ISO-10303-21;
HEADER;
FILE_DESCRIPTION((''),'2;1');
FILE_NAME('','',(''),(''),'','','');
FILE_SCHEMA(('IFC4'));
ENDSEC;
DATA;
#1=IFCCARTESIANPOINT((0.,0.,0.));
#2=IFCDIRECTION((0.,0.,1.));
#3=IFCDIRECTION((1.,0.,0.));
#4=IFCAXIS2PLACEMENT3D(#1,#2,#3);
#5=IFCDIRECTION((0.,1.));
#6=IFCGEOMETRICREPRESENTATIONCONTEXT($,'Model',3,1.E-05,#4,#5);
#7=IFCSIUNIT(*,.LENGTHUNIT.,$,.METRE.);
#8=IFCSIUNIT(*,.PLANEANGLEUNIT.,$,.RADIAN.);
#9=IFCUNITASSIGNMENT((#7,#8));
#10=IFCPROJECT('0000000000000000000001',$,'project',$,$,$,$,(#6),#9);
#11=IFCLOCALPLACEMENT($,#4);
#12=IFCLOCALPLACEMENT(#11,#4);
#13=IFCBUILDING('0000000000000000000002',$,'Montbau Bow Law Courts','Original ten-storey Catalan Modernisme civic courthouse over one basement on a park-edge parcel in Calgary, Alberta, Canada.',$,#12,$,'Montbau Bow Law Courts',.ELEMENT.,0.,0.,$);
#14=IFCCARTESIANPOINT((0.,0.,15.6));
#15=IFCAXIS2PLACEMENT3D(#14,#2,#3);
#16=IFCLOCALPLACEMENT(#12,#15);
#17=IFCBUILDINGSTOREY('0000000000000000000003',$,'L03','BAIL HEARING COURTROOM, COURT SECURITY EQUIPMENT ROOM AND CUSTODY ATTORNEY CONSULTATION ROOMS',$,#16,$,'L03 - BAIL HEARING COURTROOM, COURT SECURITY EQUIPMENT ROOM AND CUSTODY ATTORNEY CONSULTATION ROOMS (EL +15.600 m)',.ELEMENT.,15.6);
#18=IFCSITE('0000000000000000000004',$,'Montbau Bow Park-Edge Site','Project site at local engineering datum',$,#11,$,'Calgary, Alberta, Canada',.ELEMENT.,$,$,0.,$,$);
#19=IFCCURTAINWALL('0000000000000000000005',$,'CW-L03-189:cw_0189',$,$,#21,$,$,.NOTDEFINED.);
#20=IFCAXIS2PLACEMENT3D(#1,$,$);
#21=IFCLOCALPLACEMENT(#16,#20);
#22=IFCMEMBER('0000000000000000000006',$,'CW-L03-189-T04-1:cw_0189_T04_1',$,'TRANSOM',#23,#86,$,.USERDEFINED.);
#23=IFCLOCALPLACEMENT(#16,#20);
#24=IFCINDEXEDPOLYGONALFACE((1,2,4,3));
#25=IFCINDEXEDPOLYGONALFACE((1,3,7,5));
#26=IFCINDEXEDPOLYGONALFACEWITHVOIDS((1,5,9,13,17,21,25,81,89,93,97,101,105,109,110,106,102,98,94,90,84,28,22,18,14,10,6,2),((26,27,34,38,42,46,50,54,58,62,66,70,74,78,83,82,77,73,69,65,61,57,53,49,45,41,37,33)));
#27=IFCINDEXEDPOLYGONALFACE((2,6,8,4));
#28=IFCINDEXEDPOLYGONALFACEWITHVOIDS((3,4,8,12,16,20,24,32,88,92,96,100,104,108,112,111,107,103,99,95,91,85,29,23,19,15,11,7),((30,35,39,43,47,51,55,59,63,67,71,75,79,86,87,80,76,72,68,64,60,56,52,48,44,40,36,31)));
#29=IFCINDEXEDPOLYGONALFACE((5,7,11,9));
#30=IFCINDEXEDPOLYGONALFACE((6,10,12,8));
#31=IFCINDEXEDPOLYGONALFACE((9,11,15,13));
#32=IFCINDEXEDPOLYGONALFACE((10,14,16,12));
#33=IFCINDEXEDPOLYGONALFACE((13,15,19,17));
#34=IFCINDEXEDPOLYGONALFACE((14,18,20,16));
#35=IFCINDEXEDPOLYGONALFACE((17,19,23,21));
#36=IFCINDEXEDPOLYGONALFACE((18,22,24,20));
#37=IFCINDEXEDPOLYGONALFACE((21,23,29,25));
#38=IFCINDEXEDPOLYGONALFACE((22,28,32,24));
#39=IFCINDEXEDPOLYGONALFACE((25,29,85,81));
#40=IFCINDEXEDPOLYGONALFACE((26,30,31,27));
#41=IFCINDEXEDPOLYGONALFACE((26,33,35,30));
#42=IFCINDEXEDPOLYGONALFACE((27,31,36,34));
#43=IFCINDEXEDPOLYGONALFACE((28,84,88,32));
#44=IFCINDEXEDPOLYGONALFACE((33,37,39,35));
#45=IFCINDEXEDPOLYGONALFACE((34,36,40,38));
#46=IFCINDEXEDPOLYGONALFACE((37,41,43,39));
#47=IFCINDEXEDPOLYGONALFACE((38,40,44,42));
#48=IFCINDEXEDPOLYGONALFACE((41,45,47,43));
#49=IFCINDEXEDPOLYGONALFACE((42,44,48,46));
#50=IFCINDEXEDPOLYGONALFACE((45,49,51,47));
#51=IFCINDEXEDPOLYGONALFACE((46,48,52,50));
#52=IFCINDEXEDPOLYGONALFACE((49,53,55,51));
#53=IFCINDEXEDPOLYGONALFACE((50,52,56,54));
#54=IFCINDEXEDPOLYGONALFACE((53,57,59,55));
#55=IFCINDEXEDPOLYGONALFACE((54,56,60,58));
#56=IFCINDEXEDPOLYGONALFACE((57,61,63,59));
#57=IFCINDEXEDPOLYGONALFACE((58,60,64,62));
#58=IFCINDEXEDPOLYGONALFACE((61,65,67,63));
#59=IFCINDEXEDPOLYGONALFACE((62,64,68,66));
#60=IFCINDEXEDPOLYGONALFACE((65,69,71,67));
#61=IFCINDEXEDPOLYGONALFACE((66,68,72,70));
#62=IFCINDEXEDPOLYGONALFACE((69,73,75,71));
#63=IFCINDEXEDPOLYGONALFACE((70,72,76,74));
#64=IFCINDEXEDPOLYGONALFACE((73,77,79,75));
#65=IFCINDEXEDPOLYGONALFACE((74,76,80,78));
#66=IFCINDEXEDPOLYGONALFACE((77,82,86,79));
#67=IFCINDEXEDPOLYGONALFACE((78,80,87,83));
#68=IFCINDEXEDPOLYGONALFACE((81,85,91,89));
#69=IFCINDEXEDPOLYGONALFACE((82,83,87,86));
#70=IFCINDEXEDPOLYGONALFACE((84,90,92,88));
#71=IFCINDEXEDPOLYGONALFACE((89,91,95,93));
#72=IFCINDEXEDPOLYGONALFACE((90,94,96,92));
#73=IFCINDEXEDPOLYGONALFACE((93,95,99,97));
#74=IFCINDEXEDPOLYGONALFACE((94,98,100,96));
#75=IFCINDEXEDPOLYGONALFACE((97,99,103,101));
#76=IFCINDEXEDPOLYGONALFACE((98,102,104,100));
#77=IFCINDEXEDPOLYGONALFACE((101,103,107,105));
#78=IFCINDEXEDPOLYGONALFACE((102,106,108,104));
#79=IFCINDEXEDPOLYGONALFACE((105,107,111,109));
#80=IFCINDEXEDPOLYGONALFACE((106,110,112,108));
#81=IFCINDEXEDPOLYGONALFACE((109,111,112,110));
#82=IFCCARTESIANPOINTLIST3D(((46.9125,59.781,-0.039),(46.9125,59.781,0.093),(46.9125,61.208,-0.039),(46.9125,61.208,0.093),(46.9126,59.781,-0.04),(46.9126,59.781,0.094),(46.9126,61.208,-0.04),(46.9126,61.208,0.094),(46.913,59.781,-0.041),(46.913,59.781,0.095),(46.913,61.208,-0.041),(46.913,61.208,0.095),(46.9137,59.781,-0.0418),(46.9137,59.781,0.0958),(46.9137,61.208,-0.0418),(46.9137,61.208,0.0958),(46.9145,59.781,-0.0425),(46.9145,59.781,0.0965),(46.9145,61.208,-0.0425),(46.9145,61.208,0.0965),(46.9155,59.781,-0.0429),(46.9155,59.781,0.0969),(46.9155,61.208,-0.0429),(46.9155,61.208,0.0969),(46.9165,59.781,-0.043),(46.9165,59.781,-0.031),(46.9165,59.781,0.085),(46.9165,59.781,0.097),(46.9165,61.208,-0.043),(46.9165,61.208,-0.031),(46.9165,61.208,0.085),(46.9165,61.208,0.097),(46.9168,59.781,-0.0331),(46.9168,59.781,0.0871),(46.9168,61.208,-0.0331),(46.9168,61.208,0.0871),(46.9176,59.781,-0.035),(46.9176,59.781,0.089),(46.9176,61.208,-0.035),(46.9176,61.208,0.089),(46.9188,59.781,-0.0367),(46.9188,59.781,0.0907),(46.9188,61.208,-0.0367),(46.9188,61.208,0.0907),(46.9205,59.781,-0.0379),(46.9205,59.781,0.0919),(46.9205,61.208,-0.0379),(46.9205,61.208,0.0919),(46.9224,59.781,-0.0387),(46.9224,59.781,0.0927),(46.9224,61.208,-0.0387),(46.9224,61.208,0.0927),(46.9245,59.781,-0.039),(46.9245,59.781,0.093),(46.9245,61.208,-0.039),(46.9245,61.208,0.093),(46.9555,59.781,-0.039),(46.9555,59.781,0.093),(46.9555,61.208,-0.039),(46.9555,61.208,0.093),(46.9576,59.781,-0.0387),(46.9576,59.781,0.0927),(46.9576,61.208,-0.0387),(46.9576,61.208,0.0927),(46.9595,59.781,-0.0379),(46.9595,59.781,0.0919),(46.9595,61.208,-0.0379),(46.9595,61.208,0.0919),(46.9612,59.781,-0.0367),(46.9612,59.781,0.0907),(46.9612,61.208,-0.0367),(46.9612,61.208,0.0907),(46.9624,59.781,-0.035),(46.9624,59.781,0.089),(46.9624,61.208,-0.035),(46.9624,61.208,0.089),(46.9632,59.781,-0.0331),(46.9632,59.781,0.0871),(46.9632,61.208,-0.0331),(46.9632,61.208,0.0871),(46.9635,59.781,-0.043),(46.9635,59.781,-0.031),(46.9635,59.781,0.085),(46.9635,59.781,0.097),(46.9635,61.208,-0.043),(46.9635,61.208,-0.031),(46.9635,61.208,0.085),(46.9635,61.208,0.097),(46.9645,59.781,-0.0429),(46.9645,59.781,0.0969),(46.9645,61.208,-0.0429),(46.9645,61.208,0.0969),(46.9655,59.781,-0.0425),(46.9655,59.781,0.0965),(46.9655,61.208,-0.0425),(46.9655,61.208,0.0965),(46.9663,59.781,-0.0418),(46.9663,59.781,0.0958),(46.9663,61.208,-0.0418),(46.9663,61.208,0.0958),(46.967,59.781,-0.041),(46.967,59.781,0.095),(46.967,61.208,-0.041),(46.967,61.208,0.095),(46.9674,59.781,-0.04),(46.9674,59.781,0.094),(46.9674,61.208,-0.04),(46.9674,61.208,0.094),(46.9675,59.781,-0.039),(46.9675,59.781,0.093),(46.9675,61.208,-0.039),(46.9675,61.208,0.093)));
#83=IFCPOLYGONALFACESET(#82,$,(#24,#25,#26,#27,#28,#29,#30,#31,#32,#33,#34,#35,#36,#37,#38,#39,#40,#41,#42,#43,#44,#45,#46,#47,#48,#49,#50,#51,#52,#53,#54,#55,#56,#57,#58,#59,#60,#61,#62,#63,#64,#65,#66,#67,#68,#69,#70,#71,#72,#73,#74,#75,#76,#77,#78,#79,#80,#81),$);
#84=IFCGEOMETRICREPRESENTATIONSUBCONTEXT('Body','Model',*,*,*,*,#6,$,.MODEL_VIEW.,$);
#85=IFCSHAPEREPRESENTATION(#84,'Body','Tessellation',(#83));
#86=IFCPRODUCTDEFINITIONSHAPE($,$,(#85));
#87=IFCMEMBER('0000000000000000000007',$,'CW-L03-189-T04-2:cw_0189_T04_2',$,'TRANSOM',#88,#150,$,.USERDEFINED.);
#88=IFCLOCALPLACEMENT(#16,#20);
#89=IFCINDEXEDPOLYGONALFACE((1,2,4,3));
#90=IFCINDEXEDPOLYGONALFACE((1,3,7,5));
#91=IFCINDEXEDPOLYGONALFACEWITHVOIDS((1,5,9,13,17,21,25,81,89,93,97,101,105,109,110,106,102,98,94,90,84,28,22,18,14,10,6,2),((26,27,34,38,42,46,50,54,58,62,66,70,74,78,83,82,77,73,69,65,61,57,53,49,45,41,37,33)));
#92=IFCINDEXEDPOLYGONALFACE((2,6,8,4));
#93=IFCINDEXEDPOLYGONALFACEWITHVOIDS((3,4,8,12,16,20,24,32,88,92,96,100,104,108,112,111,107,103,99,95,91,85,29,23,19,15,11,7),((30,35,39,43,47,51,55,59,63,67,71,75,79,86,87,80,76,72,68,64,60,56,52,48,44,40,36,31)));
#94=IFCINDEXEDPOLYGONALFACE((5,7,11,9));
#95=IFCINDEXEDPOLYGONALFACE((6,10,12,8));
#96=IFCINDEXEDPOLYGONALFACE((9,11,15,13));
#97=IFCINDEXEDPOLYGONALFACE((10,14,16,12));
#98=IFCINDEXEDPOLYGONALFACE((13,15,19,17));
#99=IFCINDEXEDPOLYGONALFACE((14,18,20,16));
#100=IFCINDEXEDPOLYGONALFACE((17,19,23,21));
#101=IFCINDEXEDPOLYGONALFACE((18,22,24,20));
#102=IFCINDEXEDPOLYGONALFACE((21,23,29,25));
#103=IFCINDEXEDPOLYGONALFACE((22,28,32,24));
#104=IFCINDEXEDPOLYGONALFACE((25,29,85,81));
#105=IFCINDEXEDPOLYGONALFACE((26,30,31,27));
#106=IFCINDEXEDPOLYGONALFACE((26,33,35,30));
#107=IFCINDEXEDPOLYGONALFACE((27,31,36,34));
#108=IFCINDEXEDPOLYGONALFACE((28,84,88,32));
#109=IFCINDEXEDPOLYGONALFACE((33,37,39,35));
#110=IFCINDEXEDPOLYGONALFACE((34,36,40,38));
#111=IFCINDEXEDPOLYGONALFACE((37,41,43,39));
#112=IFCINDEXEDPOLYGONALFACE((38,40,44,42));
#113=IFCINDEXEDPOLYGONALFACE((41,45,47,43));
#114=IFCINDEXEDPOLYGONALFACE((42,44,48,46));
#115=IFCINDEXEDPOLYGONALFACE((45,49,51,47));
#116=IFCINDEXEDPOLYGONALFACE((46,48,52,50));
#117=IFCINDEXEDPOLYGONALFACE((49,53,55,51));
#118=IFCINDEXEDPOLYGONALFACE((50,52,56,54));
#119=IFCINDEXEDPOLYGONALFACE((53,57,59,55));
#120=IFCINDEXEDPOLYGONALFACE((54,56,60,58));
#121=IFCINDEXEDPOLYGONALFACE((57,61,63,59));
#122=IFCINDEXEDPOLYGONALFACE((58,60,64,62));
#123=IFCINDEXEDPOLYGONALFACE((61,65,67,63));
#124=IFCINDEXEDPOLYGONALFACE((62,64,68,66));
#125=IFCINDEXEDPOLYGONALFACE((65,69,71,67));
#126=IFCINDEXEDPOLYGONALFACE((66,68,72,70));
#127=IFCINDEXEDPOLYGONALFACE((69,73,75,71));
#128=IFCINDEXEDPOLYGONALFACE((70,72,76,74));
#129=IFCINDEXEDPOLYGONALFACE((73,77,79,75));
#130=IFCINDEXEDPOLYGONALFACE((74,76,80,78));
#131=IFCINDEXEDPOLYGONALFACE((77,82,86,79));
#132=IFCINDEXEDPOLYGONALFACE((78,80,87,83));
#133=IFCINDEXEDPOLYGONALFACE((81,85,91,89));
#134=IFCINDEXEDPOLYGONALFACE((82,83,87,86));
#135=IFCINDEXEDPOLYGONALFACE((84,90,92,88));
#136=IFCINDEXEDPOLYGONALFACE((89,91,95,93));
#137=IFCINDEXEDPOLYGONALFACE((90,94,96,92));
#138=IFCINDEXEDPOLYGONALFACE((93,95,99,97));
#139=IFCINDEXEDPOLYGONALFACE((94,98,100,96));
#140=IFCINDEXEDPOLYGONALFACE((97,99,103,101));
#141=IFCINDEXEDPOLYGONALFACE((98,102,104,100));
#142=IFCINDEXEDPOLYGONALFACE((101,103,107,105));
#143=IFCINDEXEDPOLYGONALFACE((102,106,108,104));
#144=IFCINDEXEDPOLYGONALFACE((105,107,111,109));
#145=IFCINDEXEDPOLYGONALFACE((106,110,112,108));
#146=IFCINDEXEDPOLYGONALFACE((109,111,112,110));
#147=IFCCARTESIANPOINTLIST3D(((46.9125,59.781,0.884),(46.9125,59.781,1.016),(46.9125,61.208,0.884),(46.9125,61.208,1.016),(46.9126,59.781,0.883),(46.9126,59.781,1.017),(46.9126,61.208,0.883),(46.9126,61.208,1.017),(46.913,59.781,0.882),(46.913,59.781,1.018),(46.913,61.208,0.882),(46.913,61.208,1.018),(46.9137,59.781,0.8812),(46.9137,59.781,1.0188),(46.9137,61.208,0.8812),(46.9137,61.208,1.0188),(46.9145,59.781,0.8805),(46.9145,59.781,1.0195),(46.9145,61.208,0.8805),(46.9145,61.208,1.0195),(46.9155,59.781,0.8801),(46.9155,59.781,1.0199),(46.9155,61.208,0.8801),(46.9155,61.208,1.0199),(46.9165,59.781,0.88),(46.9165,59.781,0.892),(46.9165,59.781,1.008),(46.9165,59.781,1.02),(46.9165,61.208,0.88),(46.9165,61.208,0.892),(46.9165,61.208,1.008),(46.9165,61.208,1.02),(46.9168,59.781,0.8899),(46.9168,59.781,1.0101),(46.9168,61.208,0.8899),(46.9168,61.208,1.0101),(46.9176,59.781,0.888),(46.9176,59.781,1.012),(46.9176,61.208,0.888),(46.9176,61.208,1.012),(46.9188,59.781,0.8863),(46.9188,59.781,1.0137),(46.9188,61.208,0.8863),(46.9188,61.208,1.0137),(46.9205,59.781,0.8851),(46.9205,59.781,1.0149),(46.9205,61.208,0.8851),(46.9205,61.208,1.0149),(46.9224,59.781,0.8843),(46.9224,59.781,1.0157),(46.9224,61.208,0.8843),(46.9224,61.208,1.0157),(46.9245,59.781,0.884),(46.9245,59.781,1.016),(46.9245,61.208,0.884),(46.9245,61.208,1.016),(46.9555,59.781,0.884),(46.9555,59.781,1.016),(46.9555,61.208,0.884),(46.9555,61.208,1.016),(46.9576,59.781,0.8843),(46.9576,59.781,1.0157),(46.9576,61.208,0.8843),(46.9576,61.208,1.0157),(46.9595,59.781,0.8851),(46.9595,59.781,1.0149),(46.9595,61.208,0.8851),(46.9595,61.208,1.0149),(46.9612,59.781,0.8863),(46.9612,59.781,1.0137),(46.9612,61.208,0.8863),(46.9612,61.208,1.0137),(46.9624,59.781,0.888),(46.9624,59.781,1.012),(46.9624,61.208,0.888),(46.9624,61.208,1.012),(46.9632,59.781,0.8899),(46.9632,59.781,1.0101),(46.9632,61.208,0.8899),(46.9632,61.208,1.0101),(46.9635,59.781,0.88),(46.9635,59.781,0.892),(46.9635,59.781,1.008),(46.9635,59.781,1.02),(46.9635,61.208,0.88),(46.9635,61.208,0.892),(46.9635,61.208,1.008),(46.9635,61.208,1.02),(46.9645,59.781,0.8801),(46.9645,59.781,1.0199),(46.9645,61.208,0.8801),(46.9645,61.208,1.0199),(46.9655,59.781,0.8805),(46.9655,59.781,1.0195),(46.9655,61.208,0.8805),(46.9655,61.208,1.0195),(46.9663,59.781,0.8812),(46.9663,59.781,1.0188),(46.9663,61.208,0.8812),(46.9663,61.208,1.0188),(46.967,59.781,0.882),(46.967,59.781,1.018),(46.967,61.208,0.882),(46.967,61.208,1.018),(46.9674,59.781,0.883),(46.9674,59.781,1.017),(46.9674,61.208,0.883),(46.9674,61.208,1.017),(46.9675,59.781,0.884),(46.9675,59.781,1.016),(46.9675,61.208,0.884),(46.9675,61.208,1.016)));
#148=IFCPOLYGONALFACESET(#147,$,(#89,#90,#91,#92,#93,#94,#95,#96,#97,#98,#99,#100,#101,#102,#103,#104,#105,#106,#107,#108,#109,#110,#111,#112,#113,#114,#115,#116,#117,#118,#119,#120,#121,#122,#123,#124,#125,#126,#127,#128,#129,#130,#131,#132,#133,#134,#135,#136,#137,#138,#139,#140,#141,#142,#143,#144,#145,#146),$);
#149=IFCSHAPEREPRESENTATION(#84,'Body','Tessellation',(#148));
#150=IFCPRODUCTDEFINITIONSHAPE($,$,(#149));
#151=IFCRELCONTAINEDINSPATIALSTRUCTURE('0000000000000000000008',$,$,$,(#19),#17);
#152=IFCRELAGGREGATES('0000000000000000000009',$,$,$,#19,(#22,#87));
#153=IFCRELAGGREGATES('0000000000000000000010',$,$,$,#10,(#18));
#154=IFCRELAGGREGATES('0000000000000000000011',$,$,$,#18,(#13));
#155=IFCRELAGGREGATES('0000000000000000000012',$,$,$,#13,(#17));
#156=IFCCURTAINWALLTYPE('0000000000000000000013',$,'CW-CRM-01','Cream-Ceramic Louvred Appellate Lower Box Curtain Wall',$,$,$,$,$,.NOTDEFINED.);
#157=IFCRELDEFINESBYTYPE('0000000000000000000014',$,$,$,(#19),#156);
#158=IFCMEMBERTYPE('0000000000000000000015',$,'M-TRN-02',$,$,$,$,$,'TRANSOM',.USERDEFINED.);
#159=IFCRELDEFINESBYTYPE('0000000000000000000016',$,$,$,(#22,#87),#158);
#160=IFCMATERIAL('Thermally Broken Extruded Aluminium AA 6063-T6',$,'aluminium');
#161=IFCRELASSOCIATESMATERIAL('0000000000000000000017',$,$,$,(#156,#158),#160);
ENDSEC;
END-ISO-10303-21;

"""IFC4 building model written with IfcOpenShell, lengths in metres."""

from ifc_helpers import new_model, si_unit, direction, frame, origin_with_axes, origin_2d_with_axis, place, context, subcontext, project, spatial, hollow_rectangle, extrude, material, material_profile, profile_set, type_object, element, aggregate, save


model = new_model("IFC4")

# Units and contexts
model_context = context("Model", 3, precision=1e-05, world=origin_with_axes(), true_north=direction((0.0, 1.0)))
body_context = subcontext(model_context, "Body", "Model", "MODEL_VIEW")
ifc_project = project(units=[si_unit("LENGTHUNIT", "METRE"), si_unit("PLANEANGLEUNIT", "RADIAN")], contexts=[model_context])

# Site, building, storey
site_placement = place(None, origin_with_axes())
site = spatial("IfcSite", under=ifc_project, at=site_placement, Name="Montbau Bow Park-Edge Site", Description="Project site at local engineering datum", LongName="Calgary, Alberta, Canada", CompositionType="ELEMENT", RefElevation=0.0)
building_placement = place(site_placement, origin_with_axes())
building = spatial("IfcBuilding", under=site, at=building_placement, Name="Montbau Bow Law Courts", Description="Original ten-storey Catalan Modernisme civic courthouse over one basement on a park-edge parcel in Calgary, Alberta, Canada.", LongName="Montbau Bow Law Courts", CompositionType="ELEMENT", ElevationOfRefHeight=0.0, ElevationOfTerrain=0.0)
storey_placement = place(building_placement, frame((0.0, 0.0, 15.6), z_axis=(0.0, 0.0, 1.0), x_axis=(1.0, 0.0, 0.0)))
storey = spatial("IfcBuildingStorey", under=building, at=storey_placement, Name="L03", Description="BAIL HEARING COURTROOM, COURT SECURITY EQUIPMENT ROOM AND CUSTODY ATTORNEY CONSULTATION ROOMS", LongName="L03 - BAIL HEARING COURTROOM, COURT SECURITY EQUIPMENT ROOM AND CUSTODY ATTORNEY CONSULTATION ROOMS (EL +15.600 m)", CompositionType="ELEMENT", Elevation=15.6)

# Curtain wall
ifc_material_1 = material(Name="Thermally Broken Extruded Aluminium AA 6063-T6", Category="aluminium")
curtain_wall_type = type_object("IfcCurtainWallType", Name="CW-CRM-01", Description="Cream-Ceramic Louvred Appellate Lower Box Curtain Wall", PredefinedType="NOTDEFINED", material=ifc_material_1)
curtain_wall_1_placement = place(None, frame((46.94, 55.115, 15.6), z_axis=(0.0, 0.0, 1.0), x_axis=(1.0, 0.0, 0.0)))
curtain_wall_1 = element("IfcCurtainWall", 1, at=curtain_wall_1_placement, inside=storey, type_object=curtain_wall_type, Name="CW-L03-189:cw_0189", PredefinedType="NOTDEFINED")
ifc_material_profile_1 = material_profile(ifc_material_1, hollow_rectangle(XDim=0.055, YDim=0.14, WallThickness=0.004, InnerFilletRadius=0.008, OuterFilletRadius=0.004, at=origin_2d_with_axis()), Name="CWT-140X55", Category="Main", Priority=0)
ifc_profile_set_1 = profile_set([ifc_material_profile_1], Name="Thermally Broken Extruded Aluminium AA 6063-T6")
member_type_1 = type_object("IfcMemberType", Name="M-TRN-02", ElementType="TRANSOM", PredefinedType="USERDEFINED", material=ifc_profile_set_1)

# Members
member_1_placement = place(None, frame((46.94, 59.781, 15.627), z_axis=(0.0, 1.0, 0.0), x_axis=(-1.0, 0.0, 0.0)))
member_1 = element("IfcMember", 2, at=member_1_placement, type_object=member_type_1, Name="CW-L03-189-T04-1:cw_0189_T04_1", ObjectType="TRANSOM", PredefinedType="USERDEFINED", context=body_context, shape_type="SweptSolid", body=[
    extrude(hollow_rectangle(XDim=0.055, YDim=0.14, WallThickness=0.004, InnerFilletRadius=0.008, OuterFilletRadius=0.004, at=origin_2d_with_axis()), origin_with_axes(), (0.0, 0.0, 1.0), 1.427),
])
member_2_placement = place(None, frame((46.94, 59.781, 16.55), z_axis=(0.0, 1.0, 0.0), x_axis=(-1.0, 0.0, 0.0)))
member_2 = element("IfcMember", 3, at=member_2_placement, type_object=member_type_1, Name="CW-L03-189-T04-2:cw_0189_T04_2", ObjectType="TRANSOM", PredefinedType="USERDEFINED", context=body_context, shape_type="SweptSolid", body=[
    extrude(hollow_rectangle(XDim=0.055, YDim=0.14, WallThickness=0.004, InnerFilletRadius=0.008, OuterFilletRadius=0.004, at=origin_2d_with_axis()), origin_with_axes(), (0.0, 0.0, 1.0), 1.427),
])

aggregate(curtain_wall_1, [member_1, member_2])

save(model, "model.ifc")
